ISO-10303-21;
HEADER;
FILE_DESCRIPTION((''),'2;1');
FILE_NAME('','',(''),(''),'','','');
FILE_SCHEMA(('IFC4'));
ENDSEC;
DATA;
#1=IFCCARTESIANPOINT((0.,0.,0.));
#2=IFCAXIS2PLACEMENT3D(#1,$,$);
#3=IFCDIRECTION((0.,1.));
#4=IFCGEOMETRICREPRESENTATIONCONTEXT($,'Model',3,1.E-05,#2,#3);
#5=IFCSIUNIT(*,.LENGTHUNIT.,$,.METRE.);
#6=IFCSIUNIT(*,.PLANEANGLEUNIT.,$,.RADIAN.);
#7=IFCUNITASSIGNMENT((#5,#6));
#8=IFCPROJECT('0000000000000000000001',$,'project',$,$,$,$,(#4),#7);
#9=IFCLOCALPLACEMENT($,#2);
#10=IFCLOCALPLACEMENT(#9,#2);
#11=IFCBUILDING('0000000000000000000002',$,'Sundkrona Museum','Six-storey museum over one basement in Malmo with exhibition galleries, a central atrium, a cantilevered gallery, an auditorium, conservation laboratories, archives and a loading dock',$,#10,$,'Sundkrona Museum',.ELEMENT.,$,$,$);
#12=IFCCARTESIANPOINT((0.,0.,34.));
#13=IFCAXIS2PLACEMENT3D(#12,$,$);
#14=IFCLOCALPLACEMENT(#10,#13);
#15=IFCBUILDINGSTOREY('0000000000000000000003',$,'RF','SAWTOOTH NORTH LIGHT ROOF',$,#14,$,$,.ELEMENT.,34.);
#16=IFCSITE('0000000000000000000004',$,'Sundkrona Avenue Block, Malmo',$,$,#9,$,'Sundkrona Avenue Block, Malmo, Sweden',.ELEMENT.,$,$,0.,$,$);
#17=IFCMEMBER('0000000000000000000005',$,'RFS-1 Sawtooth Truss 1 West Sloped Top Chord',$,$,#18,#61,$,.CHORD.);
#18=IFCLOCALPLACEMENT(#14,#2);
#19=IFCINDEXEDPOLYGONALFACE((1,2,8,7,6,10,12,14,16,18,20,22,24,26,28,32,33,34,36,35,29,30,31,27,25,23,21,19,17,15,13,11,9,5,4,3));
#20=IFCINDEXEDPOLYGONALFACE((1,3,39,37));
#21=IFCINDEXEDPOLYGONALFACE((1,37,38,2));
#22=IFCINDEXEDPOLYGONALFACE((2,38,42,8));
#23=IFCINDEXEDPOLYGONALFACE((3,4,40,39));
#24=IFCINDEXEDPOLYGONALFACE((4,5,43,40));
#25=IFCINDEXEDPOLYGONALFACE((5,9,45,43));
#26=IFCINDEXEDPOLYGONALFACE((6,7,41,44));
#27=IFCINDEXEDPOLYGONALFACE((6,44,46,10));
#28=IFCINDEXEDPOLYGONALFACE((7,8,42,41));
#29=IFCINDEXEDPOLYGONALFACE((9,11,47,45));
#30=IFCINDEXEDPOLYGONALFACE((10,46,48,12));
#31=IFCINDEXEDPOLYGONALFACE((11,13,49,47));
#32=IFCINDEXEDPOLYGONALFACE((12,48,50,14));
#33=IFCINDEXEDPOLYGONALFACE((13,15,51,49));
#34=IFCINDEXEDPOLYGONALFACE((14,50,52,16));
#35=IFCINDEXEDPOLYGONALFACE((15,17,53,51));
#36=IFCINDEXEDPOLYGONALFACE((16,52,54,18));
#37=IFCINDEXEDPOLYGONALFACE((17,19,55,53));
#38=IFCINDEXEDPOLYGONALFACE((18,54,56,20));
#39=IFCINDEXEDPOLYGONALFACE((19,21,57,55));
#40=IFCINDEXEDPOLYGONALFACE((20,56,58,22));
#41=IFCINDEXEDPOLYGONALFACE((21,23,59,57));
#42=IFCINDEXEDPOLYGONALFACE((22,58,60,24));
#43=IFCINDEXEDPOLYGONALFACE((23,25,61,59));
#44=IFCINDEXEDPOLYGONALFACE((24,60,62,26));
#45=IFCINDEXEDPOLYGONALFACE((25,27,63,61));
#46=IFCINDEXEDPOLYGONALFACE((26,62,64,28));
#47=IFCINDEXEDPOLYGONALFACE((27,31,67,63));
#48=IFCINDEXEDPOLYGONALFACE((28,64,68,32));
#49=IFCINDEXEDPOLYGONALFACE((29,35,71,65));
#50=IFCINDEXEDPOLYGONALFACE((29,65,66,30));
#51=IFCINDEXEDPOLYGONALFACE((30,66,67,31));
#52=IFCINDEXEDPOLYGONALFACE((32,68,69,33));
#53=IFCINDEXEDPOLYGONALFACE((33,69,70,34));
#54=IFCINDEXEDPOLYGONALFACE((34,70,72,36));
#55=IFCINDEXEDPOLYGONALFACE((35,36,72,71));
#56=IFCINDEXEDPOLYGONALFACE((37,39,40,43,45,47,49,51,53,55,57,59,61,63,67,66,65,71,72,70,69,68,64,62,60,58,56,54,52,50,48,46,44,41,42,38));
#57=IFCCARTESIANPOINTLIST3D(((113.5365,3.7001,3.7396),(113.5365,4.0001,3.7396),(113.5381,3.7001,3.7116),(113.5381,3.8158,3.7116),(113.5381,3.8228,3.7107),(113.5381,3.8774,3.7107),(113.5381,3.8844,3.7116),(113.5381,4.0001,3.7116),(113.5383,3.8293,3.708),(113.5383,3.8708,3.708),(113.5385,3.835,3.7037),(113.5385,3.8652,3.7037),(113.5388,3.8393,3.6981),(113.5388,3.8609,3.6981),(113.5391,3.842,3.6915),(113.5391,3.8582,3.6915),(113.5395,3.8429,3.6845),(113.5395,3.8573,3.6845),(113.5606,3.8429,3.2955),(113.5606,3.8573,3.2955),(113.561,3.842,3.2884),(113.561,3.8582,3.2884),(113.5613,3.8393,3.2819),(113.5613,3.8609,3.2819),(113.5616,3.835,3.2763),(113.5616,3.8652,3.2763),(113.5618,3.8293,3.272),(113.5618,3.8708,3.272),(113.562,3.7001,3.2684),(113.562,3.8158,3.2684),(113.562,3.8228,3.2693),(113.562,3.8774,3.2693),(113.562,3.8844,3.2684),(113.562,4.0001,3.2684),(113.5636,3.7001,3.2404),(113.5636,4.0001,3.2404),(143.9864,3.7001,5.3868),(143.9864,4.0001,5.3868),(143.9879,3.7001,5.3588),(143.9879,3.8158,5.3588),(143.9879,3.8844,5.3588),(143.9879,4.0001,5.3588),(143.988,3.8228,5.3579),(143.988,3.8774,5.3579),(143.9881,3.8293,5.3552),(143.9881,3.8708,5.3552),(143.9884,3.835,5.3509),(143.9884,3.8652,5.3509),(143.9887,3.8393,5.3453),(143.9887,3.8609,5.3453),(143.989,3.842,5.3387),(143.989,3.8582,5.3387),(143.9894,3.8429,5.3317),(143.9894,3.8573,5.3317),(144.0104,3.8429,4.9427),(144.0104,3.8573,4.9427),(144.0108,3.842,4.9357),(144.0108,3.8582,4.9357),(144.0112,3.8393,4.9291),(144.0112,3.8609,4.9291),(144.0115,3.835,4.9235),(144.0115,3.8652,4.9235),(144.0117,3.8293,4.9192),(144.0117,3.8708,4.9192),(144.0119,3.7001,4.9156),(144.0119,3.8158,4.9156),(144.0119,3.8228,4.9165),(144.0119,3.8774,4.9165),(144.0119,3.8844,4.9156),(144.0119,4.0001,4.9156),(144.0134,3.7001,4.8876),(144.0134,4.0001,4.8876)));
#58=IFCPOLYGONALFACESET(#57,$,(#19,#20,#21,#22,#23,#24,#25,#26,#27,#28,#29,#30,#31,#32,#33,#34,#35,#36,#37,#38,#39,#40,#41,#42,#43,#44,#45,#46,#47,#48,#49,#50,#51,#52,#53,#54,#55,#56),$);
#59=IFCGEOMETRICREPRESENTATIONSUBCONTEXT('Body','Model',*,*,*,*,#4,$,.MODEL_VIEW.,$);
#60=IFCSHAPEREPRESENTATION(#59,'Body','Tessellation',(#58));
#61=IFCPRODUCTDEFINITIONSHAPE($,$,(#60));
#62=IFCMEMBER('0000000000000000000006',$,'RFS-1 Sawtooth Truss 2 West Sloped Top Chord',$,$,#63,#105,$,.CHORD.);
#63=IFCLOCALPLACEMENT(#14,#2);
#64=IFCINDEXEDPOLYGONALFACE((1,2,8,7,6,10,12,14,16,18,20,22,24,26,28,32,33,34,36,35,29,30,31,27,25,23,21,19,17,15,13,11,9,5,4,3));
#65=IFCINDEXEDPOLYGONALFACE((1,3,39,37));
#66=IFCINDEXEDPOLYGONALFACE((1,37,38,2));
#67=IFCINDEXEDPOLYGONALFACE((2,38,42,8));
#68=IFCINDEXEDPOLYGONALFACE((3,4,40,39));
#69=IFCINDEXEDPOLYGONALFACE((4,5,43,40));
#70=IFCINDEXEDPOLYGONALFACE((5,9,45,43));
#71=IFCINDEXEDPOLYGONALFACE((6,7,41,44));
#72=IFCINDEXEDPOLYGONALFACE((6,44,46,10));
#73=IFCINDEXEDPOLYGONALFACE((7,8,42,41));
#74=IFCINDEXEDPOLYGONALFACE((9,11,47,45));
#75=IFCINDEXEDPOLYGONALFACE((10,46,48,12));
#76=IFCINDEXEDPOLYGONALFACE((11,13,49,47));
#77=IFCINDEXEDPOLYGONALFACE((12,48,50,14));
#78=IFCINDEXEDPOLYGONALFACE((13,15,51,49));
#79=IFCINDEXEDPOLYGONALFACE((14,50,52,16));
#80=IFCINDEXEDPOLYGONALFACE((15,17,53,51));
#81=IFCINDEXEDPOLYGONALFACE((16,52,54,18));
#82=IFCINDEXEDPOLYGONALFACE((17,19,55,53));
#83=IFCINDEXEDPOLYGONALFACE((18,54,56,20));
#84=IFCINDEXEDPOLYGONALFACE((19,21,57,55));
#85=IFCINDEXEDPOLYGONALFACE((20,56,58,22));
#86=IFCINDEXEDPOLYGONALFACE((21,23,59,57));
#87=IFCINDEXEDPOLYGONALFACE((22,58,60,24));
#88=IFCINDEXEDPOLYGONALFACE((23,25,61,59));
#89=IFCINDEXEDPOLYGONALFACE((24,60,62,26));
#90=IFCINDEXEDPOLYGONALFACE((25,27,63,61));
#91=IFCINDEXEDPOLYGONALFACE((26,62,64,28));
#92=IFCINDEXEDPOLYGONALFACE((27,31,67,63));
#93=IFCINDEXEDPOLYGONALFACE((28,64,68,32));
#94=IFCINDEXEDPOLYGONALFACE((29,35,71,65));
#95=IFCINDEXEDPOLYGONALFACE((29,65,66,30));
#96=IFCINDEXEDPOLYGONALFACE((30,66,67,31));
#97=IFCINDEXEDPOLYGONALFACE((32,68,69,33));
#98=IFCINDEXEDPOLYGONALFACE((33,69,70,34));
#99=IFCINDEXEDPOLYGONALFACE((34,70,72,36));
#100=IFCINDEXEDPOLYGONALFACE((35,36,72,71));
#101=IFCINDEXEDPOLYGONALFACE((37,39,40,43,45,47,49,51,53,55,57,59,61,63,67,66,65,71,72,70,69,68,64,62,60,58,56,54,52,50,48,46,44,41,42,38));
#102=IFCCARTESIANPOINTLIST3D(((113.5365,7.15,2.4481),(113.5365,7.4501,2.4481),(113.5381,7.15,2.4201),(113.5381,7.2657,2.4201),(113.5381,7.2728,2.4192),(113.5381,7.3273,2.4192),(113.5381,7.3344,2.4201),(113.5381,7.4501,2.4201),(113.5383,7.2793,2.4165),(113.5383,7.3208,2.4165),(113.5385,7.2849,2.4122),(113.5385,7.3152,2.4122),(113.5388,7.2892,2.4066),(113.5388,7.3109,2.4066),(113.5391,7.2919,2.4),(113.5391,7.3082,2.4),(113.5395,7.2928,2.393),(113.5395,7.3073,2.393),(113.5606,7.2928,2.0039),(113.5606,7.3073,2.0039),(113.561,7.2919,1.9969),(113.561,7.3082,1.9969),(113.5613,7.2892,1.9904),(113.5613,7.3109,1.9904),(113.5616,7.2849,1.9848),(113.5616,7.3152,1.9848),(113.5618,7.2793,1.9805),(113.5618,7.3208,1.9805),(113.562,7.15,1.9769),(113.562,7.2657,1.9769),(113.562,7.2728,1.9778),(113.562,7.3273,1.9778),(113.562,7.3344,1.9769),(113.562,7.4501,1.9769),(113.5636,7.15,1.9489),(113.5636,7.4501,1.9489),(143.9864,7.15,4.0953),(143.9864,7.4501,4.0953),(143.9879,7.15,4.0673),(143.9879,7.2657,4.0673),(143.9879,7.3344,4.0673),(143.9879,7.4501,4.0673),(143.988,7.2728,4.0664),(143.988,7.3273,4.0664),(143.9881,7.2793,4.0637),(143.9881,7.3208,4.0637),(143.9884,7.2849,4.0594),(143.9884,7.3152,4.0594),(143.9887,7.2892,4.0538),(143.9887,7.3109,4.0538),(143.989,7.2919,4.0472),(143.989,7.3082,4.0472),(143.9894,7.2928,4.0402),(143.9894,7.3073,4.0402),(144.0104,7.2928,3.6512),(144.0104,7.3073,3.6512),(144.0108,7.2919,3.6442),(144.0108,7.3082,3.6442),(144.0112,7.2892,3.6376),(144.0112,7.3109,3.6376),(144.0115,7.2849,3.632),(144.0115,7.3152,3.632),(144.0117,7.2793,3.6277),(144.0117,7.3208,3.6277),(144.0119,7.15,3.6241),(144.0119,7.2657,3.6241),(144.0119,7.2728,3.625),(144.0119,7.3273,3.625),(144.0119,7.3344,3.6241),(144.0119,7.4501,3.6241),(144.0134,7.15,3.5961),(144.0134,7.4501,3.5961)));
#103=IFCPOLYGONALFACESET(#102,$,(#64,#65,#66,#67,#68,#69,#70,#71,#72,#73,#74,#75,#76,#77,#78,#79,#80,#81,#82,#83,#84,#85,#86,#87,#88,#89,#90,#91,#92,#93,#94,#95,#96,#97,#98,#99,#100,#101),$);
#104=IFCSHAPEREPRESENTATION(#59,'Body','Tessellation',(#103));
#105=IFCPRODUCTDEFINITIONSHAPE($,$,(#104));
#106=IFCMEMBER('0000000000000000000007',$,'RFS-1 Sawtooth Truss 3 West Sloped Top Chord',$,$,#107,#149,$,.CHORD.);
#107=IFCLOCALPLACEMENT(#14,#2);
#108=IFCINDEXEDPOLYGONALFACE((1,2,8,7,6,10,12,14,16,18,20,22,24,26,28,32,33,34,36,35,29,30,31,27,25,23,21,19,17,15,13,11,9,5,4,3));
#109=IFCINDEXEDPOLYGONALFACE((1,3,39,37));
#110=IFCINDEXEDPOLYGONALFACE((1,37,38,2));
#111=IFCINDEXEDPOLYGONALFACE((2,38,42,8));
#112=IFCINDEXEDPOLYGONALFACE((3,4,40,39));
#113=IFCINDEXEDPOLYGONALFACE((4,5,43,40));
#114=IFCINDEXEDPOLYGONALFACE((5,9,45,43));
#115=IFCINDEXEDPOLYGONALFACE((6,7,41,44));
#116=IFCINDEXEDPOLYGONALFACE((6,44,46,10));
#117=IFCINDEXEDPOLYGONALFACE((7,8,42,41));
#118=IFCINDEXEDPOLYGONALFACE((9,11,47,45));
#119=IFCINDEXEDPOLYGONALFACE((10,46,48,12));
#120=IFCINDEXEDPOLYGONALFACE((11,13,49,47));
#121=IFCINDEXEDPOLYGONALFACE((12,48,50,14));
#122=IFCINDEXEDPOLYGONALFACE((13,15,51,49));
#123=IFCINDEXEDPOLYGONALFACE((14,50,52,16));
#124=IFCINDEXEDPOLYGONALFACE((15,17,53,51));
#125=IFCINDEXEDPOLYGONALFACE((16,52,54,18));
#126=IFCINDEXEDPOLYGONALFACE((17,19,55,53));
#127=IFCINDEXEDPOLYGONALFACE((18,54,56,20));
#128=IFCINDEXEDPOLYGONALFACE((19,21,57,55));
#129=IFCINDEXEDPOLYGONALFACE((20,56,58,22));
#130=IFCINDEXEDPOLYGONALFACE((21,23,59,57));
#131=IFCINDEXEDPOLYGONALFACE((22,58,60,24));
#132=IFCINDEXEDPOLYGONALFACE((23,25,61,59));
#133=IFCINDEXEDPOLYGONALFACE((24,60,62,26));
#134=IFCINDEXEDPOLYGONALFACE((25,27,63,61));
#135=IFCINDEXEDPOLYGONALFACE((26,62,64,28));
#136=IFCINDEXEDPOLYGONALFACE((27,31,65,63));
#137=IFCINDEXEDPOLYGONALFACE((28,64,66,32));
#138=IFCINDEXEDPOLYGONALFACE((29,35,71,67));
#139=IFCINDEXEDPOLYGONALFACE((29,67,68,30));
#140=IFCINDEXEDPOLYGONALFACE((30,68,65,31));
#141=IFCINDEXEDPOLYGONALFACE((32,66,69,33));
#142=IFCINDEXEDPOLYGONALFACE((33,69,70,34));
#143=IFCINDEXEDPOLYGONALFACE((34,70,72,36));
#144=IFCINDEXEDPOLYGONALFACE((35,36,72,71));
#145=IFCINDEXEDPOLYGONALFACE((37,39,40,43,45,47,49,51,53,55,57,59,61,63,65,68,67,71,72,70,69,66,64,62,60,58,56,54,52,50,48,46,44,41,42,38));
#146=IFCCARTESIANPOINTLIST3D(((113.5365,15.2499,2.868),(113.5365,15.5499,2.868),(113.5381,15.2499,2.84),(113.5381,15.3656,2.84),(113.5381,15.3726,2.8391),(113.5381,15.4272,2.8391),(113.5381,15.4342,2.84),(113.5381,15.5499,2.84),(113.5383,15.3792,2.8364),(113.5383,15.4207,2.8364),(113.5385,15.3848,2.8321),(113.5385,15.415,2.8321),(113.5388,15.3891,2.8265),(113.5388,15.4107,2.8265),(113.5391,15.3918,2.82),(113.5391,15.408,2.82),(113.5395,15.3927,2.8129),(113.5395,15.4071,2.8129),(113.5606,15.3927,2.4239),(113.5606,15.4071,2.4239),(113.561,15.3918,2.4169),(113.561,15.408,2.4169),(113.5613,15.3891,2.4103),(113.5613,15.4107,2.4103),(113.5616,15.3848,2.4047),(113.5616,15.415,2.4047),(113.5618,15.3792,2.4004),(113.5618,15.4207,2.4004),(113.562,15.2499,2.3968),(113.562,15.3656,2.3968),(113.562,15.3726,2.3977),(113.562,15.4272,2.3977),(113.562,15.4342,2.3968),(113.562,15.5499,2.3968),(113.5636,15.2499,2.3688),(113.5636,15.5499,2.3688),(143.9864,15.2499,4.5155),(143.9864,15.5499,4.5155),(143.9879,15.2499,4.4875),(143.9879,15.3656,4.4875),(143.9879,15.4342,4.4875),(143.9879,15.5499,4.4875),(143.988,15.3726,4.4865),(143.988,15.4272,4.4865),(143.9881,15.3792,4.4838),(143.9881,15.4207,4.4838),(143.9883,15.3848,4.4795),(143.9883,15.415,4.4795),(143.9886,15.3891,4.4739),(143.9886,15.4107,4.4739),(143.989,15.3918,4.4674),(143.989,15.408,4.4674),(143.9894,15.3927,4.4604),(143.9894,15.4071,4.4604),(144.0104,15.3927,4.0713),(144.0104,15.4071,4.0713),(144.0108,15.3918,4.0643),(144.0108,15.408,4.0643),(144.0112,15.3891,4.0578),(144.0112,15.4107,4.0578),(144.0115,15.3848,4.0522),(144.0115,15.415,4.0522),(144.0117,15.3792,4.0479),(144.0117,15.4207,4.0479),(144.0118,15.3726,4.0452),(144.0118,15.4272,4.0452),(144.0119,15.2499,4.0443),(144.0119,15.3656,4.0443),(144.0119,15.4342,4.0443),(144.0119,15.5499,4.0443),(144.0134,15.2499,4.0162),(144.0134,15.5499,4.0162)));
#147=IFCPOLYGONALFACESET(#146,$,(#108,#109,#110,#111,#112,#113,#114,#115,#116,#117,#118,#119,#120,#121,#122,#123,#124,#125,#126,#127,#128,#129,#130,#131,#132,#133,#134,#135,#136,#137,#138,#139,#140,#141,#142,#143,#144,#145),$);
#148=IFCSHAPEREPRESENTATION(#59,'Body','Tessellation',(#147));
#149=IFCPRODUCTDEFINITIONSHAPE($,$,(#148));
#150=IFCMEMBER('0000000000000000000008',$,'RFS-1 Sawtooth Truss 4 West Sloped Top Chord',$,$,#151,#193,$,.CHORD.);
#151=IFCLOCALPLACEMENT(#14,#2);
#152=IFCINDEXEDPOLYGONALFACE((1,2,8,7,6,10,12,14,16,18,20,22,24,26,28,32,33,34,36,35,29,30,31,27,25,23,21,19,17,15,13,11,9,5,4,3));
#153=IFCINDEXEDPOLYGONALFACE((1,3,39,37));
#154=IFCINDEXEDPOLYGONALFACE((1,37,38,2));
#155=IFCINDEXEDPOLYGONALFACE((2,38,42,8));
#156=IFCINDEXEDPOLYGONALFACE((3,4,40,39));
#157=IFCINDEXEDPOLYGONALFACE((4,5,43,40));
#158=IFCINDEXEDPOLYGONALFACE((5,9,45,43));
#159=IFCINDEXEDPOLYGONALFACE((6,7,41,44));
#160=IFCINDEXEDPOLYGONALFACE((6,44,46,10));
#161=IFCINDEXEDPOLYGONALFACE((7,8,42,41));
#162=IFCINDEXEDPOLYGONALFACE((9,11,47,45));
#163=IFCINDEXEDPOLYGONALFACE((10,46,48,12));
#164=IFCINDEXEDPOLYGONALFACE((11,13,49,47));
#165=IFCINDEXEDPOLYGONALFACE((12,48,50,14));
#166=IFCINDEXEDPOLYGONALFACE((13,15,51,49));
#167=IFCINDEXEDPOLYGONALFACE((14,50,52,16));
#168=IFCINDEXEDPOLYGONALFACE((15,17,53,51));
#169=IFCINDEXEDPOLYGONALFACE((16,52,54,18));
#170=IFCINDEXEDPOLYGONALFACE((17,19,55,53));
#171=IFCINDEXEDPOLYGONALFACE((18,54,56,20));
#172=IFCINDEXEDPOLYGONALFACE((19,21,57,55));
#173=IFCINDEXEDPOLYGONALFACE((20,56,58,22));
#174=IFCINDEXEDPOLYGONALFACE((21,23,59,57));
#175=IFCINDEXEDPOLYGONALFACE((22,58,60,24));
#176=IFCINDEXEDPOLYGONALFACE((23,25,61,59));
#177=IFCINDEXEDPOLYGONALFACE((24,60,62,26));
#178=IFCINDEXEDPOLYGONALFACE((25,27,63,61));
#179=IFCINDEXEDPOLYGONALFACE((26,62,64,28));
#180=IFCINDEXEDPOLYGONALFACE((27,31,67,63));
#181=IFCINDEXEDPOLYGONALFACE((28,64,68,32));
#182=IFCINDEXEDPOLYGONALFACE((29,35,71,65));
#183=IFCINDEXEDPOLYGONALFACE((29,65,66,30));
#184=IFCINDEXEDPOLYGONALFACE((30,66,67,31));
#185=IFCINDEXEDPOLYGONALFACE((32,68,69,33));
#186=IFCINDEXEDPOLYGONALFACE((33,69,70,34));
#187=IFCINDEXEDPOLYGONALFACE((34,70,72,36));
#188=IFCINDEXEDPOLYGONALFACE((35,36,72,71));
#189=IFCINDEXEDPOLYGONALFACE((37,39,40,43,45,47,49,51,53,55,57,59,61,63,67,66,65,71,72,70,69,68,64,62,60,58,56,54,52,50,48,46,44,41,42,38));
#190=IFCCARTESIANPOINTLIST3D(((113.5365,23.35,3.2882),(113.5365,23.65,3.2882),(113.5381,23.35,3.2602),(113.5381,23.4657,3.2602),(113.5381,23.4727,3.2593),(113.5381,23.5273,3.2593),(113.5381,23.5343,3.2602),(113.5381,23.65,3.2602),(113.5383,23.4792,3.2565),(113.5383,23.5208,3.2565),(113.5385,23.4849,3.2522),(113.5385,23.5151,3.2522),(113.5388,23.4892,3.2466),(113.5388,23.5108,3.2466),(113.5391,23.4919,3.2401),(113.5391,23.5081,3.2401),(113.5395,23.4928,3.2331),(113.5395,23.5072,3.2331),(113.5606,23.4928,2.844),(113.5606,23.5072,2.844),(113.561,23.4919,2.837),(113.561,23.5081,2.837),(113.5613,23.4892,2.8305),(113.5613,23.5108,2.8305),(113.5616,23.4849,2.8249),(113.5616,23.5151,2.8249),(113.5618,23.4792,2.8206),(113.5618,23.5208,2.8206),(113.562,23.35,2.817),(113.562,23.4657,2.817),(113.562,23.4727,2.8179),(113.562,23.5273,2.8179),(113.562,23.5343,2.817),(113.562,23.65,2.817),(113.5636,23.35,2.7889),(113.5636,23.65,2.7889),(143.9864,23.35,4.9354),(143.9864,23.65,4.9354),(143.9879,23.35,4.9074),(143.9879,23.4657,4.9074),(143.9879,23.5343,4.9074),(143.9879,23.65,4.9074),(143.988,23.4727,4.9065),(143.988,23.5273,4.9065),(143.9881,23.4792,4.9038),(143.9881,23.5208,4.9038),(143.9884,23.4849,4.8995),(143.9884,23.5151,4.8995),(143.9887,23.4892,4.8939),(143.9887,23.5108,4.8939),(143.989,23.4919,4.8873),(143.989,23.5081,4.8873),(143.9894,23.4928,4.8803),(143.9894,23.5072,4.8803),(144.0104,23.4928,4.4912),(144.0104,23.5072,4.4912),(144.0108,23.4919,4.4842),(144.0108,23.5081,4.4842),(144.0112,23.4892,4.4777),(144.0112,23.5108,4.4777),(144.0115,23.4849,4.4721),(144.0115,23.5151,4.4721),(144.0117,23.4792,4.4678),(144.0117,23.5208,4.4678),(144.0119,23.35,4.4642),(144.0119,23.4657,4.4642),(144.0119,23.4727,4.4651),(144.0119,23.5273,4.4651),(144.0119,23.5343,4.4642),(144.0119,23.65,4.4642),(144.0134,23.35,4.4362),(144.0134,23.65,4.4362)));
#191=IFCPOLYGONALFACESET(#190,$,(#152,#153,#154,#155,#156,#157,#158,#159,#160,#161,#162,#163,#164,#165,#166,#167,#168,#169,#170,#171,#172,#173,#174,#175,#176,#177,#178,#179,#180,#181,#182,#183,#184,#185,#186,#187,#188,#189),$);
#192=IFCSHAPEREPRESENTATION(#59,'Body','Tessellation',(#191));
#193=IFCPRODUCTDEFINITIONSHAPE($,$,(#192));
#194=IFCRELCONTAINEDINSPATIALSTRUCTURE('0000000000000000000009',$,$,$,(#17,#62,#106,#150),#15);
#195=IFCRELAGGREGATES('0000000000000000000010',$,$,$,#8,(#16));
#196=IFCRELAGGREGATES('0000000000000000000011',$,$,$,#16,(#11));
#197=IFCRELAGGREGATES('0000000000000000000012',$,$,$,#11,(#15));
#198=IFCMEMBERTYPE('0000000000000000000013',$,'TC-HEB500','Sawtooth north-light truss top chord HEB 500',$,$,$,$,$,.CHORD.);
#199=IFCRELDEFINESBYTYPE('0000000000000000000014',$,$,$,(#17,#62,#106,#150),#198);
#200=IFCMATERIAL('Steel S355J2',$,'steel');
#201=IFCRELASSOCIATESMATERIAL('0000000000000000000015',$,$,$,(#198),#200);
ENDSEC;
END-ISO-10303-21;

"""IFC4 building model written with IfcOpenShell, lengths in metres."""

from ifc_helpers import new_model, si_unit, direction, frame, origin, origin_2d, place, context, subcontext, project, spatial, i_section, extrude, material, material_profile, profile_set, type_object, element, save


model = new_model("IFC4")

# Units and contexts
model_context = context("Model", 3, precision=1e-05, world=origin(), true_north=direction((0.0, 1.0)))
body_context = subcontext(model_context, "Body", "Model", "MODEL_VIEW")
ifc_project = project(units=[si_unit("LENGTHUNIT", "METRE"), si_unit("PLANEANGLEUNIT", "RADIAN")], contexts=[model_context])

# Site, building, storey
site_placement = place(None, origin())
site = spatial("IfcSite", under=ifc_project, at=site_placement, Name="Sundkrona Avenue Block, Malmo", LongName="Sundkrona Avenue Block, Malmo, Sweden", CompositionType="ELEMENT", RefElevation=0.0)
building_placement = place(site_placement, origin())
building = spatial("IfcBuilding", under=site, at=building_placement, Name="Sundkrona Museum", Description="Six-storey museum over one basement in Malmo with exhibition galleries, a central atrium, a cantilevered gallery, an auditorium, conservation laboratories, archives and a loading dock", LongName="Sundkrona Museum", CompositionType="ELEMENT")
storey_placement = place(building_placement, frame((0.0, 0.0, 34.0)))
storey = spatial("IfcBuildingStorey", under=building, at=storey_placement, Name="RF", Description="SAWTOOTH NORTH LIGHT ROOF", CompositionType="ELEMENT", Elevation=34.0)

# Members
ifc_material_1 = material(Name="Steel S355J2", Category="steel")
ifc_material_profile = material_profile(ifc_material_1, i_section(OverallWidth=0.3, OverallDepth=0.5, WebThickness=0.0144, FlangeThickness=0.0281, FilletRadius=0.0271, at=origin_2d()), Name="HEB 500")
ifc_profile_set = profile_set([ifc_material_profile], Name="Steel S355J2")
member_type = type_object("IfcMemberType", Name="TC-HEB500", Description="Sawtooth north-light truss top chord HEB 500", PredefinedType="CHORD", material=ifc_profile_set)
for number, where, z_axis, x_axis, name in (
    (1, (113.55, 3.8501, 3.49), (0.99854, 0.0, 0.054017), (0.0, 1.0, 0.0), "RFS-1 Sawtooth Truss 1 West Sloped Top Chord"),
    (2, (113.55, 7.3, 2.1985), (0.99854, 0.0, 0.054017), (0.0, 1.0, 0.0), "RFS-1 Sawtooth Truss 2 West Sloped Top Chord"),
    (3, (113.55, 15.3999, 2.6184), (0.99854, 0.0, 0.054025), (0.0, 1.0, 0.0), "RFS-1 Sawtooth Truss 3 West Sloped Top Chord"),
    (4, (113.55, 23.5, 3.0386), (0.99854, 0.0, 0.054017), (0.0, 1.0, 0.0), "RFS-1 Sawtooth Truss 4 West Sloped Top Chord"),
):
    element("IfcMember", number, at=place(storey_placement, frame(where, z_axis=z_axis, x_axis=x_axis)), inside=storey, type_object=member_type, Name=name, PredefinedType="CHORD", context=body_context, shape_type="SweptSolid", body=[
        extrude(i_section(OverallWidth=0.3, OverallDepth=0.5, WebThickness=0.0144, FlangeThickness=0.0281, FilletRadius=0.0271, at=origin_2d()), origin(), (0.0, 0.0, 1.0), 30.4944),
    ])

save(model, "model.ifc")
